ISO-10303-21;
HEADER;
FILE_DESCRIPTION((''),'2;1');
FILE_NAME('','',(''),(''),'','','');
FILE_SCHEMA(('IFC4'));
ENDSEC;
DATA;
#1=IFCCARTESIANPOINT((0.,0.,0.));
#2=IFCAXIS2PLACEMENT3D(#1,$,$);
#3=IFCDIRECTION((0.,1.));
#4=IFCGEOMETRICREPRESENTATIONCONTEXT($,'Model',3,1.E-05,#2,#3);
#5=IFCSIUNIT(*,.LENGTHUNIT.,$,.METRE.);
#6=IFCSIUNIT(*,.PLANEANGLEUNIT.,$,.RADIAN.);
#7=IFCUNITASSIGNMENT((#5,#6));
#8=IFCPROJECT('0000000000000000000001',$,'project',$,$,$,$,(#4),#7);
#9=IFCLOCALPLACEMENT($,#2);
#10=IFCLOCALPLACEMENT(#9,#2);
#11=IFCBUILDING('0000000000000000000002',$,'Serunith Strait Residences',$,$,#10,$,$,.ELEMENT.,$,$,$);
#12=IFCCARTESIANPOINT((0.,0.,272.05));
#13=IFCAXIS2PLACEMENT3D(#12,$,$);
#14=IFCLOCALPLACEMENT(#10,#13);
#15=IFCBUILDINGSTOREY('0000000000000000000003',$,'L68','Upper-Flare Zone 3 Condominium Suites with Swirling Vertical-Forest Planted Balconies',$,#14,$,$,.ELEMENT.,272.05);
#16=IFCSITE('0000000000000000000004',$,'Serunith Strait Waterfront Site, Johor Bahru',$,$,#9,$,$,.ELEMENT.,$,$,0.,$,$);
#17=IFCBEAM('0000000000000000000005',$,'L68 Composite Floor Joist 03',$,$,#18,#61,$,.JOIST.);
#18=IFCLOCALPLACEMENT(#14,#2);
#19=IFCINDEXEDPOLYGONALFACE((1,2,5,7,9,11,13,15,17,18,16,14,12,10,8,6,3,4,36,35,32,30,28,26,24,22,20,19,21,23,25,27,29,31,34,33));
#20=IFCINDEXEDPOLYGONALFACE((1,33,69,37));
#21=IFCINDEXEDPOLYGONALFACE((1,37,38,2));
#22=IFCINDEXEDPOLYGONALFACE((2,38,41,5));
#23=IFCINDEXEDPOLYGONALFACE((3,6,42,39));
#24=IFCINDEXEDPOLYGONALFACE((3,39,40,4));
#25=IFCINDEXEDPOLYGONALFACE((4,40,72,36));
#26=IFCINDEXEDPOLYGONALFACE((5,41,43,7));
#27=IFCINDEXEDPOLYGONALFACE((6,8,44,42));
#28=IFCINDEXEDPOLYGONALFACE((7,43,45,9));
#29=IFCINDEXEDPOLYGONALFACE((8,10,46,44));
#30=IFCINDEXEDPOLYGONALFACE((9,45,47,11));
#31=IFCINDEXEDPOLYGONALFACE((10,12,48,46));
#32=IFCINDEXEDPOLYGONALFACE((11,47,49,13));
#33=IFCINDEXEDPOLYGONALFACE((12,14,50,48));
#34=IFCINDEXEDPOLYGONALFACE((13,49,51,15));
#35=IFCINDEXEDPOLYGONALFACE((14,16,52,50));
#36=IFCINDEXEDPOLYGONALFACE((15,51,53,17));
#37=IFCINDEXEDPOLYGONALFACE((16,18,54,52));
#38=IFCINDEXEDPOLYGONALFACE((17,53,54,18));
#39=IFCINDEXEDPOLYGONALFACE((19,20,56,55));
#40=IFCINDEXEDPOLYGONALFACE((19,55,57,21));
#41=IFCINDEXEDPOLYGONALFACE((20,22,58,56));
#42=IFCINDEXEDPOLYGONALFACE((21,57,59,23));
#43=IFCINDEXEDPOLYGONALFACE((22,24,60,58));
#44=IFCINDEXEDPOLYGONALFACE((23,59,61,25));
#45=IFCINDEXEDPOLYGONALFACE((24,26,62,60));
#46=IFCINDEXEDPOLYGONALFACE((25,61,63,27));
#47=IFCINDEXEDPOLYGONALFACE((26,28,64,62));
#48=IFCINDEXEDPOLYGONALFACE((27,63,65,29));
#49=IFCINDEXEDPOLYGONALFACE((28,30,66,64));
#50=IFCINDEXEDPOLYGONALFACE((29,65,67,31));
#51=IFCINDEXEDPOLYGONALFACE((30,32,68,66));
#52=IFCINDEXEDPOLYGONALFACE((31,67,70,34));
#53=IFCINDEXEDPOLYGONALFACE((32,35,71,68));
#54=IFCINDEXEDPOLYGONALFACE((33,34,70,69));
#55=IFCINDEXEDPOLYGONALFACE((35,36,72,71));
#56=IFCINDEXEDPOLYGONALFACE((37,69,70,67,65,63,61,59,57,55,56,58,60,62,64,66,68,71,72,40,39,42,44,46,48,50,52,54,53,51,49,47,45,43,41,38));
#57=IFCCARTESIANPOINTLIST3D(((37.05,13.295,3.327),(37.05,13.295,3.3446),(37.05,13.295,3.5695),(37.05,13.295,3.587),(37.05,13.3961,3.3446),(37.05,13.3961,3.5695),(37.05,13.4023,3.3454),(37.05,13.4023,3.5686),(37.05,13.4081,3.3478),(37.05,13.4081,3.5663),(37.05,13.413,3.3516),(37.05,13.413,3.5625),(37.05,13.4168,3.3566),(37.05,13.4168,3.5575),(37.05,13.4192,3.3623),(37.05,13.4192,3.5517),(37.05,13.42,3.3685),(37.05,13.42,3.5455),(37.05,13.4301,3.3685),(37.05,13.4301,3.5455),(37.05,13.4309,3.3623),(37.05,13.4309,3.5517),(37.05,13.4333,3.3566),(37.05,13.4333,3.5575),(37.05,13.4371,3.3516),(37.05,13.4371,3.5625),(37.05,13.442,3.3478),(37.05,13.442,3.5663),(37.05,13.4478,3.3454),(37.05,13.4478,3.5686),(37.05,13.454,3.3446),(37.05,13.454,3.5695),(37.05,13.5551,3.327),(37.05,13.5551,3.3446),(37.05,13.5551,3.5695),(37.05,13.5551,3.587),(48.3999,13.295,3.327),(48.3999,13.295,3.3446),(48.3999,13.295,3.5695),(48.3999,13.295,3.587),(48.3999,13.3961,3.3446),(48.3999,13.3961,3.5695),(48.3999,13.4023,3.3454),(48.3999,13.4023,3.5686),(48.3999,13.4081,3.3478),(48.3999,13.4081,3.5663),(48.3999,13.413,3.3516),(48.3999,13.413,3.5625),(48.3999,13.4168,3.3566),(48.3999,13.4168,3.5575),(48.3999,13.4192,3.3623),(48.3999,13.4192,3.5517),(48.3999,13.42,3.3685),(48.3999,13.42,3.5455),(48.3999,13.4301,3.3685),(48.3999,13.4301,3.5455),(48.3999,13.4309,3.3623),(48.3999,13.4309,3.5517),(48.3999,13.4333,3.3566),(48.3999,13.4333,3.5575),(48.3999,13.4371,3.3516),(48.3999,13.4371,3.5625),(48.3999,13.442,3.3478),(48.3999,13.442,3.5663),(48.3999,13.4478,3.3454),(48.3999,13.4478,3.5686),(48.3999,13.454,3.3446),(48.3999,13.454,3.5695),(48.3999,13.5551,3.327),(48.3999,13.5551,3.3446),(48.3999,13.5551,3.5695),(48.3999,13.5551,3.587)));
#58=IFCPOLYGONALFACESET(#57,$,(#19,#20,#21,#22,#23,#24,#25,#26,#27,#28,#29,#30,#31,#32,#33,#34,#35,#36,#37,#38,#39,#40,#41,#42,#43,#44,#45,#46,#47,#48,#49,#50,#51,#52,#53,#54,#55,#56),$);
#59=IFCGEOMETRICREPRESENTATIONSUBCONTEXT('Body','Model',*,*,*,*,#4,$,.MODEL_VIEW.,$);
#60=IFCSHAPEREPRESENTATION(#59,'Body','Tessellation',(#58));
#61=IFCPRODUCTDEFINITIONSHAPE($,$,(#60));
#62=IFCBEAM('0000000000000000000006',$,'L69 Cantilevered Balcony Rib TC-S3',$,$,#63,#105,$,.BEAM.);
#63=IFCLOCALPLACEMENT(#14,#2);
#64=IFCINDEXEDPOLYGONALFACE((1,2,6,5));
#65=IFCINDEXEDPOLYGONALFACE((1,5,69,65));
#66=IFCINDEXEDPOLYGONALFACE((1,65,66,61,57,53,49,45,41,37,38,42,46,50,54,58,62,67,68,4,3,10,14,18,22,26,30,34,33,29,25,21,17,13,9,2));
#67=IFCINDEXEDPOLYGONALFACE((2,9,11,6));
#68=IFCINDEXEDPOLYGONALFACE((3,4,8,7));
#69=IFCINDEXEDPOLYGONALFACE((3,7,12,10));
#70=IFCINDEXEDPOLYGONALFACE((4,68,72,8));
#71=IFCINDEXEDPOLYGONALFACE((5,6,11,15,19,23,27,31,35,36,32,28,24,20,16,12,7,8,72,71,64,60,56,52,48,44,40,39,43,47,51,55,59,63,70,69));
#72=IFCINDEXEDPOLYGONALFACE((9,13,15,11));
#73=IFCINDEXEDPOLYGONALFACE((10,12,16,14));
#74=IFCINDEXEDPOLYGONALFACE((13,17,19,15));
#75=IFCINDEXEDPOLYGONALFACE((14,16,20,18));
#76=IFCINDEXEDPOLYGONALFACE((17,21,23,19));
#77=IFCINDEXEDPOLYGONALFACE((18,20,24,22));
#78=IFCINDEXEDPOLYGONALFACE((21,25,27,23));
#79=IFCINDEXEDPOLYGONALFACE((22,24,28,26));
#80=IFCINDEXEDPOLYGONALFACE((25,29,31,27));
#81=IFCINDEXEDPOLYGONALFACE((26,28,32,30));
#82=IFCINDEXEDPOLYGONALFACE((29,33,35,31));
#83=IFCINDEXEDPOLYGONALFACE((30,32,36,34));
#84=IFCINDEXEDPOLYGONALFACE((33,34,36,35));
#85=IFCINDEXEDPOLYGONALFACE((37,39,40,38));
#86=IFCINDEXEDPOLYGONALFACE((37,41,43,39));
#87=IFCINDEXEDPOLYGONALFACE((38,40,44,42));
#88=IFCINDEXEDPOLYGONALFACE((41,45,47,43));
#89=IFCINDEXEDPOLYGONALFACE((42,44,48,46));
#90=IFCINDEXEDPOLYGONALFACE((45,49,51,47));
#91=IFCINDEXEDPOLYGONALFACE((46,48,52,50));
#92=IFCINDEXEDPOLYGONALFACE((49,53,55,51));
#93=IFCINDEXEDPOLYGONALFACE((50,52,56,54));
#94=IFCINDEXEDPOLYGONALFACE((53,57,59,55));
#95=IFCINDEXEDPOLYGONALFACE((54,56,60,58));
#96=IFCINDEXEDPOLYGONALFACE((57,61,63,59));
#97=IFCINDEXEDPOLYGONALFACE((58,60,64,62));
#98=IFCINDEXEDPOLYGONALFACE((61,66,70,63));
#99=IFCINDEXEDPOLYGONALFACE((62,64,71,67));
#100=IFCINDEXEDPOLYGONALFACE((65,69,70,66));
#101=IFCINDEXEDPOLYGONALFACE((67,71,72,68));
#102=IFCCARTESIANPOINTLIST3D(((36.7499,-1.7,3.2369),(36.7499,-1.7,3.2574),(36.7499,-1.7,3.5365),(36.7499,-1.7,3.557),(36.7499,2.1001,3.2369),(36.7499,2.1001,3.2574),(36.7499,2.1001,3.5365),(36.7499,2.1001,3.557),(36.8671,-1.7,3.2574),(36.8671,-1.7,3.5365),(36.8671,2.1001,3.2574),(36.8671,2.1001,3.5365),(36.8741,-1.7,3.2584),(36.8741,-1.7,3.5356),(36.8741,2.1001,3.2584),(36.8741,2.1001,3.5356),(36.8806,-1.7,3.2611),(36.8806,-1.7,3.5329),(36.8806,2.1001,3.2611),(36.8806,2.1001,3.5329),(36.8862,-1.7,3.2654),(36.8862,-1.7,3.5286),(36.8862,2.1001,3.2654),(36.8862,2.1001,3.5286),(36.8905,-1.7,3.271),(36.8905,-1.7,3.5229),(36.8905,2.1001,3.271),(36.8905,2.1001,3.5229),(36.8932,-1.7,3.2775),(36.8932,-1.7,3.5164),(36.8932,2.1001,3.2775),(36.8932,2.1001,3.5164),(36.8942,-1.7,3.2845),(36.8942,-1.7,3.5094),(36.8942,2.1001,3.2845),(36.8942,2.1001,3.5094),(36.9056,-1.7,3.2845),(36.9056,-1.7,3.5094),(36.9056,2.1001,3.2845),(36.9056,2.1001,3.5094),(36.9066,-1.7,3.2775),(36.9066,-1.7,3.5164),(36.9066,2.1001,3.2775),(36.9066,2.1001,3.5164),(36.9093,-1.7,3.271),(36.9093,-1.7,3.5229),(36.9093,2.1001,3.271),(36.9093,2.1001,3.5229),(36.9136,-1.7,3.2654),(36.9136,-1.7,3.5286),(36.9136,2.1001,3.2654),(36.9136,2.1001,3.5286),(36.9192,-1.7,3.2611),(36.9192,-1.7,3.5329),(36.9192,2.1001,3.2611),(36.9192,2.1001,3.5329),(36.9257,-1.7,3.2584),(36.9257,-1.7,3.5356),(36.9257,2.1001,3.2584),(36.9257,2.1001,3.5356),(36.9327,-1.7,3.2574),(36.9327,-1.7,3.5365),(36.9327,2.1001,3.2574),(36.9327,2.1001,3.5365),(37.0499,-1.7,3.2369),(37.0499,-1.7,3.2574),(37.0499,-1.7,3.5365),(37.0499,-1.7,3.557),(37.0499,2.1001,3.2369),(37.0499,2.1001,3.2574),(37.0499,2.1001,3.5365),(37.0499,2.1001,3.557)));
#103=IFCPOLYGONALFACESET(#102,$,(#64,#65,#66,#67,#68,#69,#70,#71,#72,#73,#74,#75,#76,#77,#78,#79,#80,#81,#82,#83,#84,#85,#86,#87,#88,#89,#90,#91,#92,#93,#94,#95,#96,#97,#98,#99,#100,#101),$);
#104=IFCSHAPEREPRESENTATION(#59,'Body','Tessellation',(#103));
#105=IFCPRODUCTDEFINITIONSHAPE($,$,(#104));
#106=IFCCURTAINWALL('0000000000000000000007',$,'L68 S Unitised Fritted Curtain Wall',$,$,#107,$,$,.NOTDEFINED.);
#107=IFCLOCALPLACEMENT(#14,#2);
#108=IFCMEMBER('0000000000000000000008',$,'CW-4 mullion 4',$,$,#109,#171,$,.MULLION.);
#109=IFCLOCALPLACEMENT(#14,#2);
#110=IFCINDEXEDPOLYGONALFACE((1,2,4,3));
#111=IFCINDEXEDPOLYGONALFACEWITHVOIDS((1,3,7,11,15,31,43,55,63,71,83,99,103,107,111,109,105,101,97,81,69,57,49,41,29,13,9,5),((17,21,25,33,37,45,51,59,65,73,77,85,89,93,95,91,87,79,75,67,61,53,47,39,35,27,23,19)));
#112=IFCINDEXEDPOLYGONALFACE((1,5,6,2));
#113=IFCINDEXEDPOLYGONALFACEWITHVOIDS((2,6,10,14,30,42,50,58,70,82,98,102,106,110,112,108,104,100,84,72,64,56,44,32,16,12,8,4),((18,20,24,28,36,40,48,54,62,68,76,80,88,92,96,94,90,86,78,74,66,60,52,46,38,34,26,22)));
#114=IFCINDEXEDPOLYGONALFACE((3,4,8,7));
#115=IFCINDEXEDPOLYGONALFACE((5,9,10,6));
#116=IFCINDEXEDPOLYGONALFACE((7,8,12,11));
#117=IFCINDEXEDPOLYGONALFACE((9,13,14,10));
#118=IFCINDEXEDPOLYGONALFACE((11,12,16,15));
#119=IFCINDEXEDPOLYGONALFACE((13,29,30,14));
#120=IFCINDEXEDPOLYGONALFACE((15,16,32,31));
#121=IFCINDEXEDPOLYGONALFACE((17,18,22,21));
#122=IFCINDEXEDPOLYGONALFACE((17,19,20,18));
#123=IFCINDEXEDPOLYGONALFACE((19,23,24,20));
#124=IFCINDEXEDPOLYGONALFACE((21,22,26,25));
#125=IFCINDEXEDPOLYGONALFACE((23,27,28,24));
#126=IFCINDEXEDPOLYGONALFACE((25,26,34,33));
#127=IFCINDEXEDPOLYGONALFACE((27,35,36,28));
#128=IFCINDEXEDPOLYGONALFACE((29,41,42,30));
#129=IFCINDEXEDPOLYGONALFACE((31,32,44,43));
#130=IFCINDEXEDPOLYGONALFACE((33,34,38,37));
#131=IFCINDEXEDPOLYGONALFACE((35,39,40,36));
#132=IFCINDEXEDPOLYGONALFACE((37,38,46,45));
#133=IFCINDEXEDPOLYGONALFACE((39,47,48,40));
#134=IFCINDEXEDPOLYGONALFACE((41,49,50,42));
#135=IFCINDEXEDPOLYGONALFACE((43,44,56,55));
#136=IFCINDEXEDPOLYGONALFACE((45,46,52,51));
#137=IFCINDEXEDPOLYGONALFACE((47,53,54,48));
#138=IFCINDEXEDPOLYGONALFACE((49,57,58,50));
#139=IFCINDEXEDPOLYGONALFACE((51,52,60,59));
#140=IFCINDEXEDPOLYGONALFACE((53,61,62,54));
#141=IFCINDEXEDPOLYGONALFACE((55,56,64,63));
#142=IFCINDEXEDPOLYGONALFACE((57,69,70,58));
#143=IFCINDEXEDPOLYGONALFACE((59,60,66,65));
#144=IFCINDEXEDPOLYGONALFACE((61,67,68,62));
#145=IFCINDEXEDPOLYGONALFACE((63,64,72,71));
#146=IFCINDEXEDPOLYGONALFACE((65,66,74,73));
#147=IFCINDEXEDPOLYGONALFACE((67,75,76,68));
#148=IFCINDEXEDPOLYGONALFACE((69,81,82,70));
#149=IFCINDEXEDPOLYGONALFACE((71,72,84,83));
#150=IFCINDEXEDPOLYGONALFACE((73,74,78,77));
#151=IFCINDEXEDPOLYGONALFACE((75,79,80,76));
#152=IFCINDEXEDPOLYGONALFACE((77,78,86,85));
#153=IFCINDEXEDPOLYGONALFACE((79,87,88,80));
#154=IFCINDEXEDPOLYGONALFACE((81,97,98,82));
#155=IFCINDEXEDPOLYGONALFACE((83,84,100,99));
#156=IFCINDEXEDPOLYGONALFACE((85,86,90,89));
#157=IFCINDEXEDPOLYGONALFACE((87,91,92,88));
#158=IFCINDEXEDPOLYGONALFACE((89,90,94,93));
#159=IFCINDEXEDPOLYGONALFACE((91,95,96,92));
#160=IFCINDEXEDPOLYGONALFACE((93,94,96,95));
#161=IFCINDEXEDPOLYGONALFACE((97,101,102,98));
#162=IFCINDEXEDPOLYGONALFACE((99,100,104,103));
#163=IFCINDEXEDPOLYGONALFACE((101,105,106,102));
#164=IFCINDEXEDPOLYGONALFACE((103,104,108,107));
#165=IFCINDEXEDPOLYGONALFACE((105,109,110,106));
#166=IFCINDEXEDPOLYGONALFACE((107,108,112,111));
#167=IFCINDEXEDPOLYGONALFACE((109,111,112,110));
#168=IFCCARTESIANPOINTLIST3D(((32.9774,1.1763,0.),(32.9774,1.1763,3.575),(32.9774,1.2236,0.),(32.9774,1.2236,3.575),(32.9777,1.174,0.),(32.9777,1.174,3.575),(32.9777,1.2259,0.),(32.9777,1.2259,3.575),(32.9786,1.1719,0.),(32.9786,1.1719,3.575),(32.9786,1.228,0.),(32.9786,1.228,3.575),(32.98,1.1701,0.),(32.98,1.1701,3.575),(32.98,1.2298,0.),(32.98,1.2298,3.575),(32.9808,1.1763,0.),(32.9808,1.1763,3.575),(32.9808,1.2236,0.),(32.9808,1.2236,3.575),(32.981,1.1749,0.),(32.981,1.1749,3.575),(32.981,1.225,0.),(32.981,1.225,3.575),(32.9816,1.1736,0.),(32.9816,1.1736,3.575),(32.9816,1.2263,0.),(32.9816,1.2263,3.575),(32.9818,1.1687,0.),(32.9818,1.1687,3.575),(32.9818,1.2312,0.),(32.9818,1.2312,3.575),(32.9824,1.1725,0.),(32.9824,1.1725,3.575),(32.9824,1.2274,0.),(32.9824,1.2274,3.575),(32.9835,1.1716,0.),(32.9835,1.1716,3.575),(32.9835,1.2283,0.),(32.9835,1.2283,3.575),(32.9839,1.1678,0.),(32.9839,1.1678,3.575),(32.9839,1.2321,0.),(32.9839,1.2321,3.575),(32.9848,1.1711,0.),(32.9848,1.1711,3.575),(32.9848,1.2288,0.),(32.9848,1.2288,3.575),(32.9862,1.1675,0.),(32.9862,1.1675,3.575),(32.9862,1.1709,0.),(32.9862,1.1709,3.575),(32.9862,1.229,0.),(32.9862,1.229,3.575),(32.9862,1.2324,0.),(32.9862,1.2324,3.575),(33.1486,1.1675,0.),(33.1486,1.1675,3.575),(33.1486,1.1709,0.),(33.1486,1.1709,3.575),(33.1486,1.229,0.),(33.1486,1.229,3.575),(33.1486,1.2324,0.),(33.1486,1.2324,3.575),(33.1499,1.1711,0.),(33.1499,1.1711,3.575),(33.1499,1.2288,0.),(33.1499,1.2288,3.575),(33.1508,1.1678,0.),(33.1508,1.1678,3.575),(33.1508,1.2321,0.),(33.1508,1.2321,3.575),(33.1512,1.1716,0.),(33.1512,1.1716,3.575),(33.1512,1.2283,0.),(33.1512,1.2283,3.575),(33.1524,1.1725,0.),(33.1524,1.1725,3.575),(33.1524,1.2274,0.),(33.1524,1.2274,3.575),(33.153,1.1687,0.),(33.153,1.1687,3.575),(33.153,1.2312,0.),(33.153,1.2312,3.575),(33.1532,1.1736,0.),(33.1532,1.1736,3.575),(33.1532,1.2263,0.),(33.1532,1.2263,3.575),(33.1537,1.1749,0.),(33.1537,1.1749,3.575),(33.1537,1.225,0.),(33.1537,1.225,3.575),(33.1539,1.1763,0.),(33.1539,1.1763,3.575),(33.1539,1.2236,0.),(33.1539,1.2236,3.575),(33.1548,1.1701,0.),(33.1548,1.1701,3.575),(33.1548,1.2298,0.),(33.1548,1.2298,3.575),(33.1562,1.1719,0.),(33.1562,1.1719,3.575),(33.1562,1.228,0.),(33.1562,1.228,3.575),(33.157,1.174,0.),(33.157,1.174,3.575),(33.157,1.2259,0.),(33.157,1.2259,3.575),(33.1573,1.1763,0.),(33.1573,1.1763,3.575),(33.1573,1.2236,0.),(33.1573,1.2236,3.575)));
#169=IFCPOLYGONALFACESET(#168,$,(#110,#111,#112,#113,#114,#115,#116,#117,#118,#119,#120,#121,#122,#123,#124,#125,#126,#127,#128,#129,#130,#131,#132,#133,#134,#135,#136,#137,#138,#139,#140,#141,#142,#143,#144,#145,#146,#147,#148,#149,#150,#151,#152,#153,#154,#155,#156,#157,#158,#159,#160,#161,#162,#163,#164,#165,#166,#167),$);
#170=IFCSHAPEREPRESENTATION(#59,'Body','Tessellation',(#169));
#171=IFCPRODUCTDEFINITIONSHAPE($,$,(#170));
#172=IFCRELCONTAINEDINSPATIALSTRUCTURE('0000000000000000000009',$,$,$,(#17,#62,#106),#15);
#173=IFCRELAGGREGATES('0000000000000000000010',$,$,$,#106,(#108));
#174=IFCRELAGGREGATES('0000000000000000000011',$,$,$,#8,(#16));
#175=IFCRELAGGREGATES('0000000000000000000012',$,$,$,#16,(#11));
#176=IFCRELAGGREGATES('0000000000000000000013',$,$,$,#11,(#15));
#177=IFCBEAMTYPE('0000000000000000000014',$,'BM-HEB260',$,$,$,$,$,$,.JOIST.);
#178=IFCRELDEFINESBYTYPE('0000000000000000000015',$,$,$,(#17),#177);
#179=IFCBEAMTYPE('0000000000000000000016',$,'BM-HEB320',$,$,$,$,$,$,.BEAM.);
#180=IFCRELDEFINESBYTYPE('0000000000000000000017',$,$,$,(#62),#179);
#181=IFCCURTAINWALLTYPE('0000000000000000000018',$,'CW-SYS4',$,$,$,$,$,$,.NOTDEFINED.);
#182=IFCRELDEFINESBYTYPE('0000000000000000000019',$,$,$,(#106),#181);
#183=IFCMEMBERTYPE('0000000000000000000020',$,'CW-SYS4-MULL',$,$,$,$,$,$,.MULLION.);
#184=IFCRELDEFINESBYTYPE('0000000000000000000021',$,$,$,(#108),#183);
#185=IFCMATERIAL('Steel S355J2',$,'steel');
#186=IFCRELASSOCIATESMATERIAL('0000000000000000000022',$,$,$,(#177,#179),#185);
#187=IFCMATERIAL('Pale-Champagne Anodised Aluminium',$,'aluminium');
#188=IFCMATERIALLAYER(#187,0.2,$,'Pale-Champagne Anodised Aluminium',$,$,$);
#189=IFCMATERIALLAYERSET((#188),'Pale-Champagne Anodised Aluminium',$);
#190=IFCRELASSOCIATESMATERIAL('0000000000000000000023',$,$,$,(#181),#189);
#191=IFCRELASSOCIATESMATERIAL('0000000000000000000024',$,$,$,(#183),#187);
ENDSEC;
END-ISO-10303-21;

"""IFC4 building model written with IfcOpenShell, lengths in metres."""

from ifc_helpers import new_model, si_unit, direction, frame, origin, origin_2d, place, context, subcontext, project, spatial, hollow_rectangle, i_section, extrude, source, transform, mapped, material, layer, layer_set, material_profile, profile_set, type_object, element, aggregate, save


model = new_model("IFC4")

# Units and contexts
model_context = context("Model", 3, precision=1e-05, world=origin(), true_north=direction((0.0, 1.0)))
body_context = subcontext(model_context, "Body", "Model", "MODEL_VIEW")
ifc_project = project(units=[si_unit("LENGTHUNIT", "METRE"), si_unit("PLANEANGLEUNIT", "RADIAN")], contexts=[model_context])

# Site, building, storey
site_placement = place(None, origin())
site = spatial("IfcSite", under=ifc_project, at=site_placement, Name="Serunith Strait Waterfront Site, Johor Bahru", CompositionType="ELEMENT", RefElevation=0.0)
building_placement = place(site_placement, origin())
building = spatial("IfcBuilding", under=site, at=building_placement, Name="Serunith Strait Residences", CompositionType="ELEMENT")
storey_placement = place(building_placement, frame((0.0, 0.0, 272.05)))
storey = spatial("IfcBuildingStorey", under=building, at=storey_placement, Name="L68", Description="Upper-Flare Zone 3 Condominium Suites with Swirling Vertical-Forest Planted Balconies", CompositionType="ELEMENT", Elevation=272.05)

# Beams
ifc_material_1 = material(Name="Steel S355J2", Category="steel")
ifc_material_profile_1 = material_profile(ifc_material_1, i_section(OverallWidth=0.26, OverallDepth=0.26, WebThickness=0.01, FlangeThickness=0.0176, FilletRadius=0.0239, at=origin_2d()), Name="HEB 260")
ifc_profile_set_1 = profile_set([ifc_material_profile_1], Name="Steel S355J2")
beam_type_1 = type_object("IfcBeamType", Name="BM-HEB260", PredefinedType="JOIST", material=ifc_profile_set_1)
shared_shape_1 = source(origin(), body_context, "Body", "SweptSolid", [
    extrude(i_section(OverallWidth=0.26, OverallDepth=0.26, WebThickness=0.01, FlangeThickness=0.0176, FilletRadius=0.0239, at=origin_2d()), origin(), (0.0, 0.0, 1.0), 11.3499),
])
beam_1_placement = place(storey_placement, frame((37.05, 13.425, 3.457), z_axis=(1.0, 0.0, 0.0), x_axis=(0.0, 1.0, 0.0)))
element("IfcBeam", 1, at=beam_1_placement, inside=storey, type_object=beam_type_1, Name="L68 Composite Floor Joist 03", PredefinedType="JOIST", context=body_context, shape_type="MappedRepresentation", body=[
    mapped(shared_shape_1, transform((0.0, 0.0, 0.0), scale=1.0)),
])
ifc_material_profile_2 = material_profile(ifc_material_1, i_section(OverallWidth=0.3, OverallDepth=0.3201, WebThickness=0.0115, FlangeThickness=0.0205, FilletRadius=0.0271, at=origin_2d()), Name="HEB 320")
ifc_profile_set_2 = profile_set([ifc_material_profile_2], Name="Steel S355J2")
beam_type_2 = type_object("IfcBeamType", Name="BM-HEB320", PredefinedType="BEAM", material=ifc_profile_set_2)
shared_shape_2 = source(origin(), body_context, "Body", "SweptSolid", [
    extrude(i_section(OverallWidth=0.3, OverallDepth=0.3201, WebThickness=0.0115, FlangeThickness=0.0205, FilletRadius=0.0271, at=origin_2d()), origin(), (0.0, 0.0, 1.0), 3.8),
])
beam_2_placement = place(storey_placement, frame((36.8999, 2.1001, 3.397), z_axis=(0.0, -1.0, 0.0), x_axis=(1.0, 0.0, 0.0)))
element("IfcBeam", 2, at=beam_2_placement, inside=storey, type_object=beam_type_2, Name="L69 Cantilevered Balcony Rib TC-S3", PredefinedType="BEAM", context=body_context, shape_type="MappedRepresentation", body=[
    mapped(shared_shape_2, transform((0.0, 0.0, 0.0), scale=1.0)),
])

# Curtain wall, member
ifc_material_2 = material(Name="Pale-Champagne Anodised Aluminium", Category="aluminium")
ifc_layer_1 = layer(ifc_material_2, 0.2, Name="Pale-Champagne Anodised Aluminium")
ifc_layer_set_1 = layer_set([ifc_layer_1], Name="Pale-Champagne Anodised Aluminium")
curtain_wall_type = type_object("IfcCurtainWallType", Name="CW-SYS4", PredefinedType="NOTDEFINED", material=ifc_layer_set_1)
curtain_wall_1_placement = place(storey_placement, origin())
curtain_wall_1 = element("IfcCurtainWall", 3, at=curtain_wall_1_placement, inside=storey, type_object=curtain_wall_type, Name="L68 S Unitised Fritted Curtain Wall", PredefinedType="NOTDEFINED")
ifc_material_profile_3 = material_profile(ifc_material_2, hollow_rectangle(XDim=0.0649, YDim=0.1799, WallThickness=0.0034, InnerFilletRadius=0.0054, OuterFilletRadius=0.0088, at=origin_2d()), Name="ALU 180x65x3.5")
ifc_profile_set_3 = profile_set([ifc_material_profile_3], Name="Pale-Champagne Anodised Aluminium")
member_type_1 = type_object("IfcMemberType", Name="CW-SYS4-MULL", PredefinedType="MULLION", material=ifc_profile_set_3)
shared_shape_3 = source(origin(), body_context, "Body", "SweptSolid", [
    extrude(hollow_rectangle(XDim=0.0649, YDim=0.1799, WallThickness=0.0034, InnerFilletRadius=0.0054, OuterFilletRadius=0.0088, at=origin_2d()), origin(), (0.0, 0.0, 1.0), 3.575),
])
member_1_placement = place(storey_placement, frame((33.0674, 1.2, 0.0), z_axis=(0.0, 0.0, 1.0), x_axis=(0.0, 1.0, 0.0)))
member_1 = element("IfcMember", 4, at=member_1_placement, type_object=member_type_1, Name="CW-4 mullion 4", PredefinedType="MULLION", context=body_context, shape_type="MappedRepresentation", body=[
    mapped(shared_shape_3, transform((0.0, 0.0, 0.0), scale=1.0)),
])

aggregate(curtain_wall_1, [member_1])

save(model, "model.ifc")
